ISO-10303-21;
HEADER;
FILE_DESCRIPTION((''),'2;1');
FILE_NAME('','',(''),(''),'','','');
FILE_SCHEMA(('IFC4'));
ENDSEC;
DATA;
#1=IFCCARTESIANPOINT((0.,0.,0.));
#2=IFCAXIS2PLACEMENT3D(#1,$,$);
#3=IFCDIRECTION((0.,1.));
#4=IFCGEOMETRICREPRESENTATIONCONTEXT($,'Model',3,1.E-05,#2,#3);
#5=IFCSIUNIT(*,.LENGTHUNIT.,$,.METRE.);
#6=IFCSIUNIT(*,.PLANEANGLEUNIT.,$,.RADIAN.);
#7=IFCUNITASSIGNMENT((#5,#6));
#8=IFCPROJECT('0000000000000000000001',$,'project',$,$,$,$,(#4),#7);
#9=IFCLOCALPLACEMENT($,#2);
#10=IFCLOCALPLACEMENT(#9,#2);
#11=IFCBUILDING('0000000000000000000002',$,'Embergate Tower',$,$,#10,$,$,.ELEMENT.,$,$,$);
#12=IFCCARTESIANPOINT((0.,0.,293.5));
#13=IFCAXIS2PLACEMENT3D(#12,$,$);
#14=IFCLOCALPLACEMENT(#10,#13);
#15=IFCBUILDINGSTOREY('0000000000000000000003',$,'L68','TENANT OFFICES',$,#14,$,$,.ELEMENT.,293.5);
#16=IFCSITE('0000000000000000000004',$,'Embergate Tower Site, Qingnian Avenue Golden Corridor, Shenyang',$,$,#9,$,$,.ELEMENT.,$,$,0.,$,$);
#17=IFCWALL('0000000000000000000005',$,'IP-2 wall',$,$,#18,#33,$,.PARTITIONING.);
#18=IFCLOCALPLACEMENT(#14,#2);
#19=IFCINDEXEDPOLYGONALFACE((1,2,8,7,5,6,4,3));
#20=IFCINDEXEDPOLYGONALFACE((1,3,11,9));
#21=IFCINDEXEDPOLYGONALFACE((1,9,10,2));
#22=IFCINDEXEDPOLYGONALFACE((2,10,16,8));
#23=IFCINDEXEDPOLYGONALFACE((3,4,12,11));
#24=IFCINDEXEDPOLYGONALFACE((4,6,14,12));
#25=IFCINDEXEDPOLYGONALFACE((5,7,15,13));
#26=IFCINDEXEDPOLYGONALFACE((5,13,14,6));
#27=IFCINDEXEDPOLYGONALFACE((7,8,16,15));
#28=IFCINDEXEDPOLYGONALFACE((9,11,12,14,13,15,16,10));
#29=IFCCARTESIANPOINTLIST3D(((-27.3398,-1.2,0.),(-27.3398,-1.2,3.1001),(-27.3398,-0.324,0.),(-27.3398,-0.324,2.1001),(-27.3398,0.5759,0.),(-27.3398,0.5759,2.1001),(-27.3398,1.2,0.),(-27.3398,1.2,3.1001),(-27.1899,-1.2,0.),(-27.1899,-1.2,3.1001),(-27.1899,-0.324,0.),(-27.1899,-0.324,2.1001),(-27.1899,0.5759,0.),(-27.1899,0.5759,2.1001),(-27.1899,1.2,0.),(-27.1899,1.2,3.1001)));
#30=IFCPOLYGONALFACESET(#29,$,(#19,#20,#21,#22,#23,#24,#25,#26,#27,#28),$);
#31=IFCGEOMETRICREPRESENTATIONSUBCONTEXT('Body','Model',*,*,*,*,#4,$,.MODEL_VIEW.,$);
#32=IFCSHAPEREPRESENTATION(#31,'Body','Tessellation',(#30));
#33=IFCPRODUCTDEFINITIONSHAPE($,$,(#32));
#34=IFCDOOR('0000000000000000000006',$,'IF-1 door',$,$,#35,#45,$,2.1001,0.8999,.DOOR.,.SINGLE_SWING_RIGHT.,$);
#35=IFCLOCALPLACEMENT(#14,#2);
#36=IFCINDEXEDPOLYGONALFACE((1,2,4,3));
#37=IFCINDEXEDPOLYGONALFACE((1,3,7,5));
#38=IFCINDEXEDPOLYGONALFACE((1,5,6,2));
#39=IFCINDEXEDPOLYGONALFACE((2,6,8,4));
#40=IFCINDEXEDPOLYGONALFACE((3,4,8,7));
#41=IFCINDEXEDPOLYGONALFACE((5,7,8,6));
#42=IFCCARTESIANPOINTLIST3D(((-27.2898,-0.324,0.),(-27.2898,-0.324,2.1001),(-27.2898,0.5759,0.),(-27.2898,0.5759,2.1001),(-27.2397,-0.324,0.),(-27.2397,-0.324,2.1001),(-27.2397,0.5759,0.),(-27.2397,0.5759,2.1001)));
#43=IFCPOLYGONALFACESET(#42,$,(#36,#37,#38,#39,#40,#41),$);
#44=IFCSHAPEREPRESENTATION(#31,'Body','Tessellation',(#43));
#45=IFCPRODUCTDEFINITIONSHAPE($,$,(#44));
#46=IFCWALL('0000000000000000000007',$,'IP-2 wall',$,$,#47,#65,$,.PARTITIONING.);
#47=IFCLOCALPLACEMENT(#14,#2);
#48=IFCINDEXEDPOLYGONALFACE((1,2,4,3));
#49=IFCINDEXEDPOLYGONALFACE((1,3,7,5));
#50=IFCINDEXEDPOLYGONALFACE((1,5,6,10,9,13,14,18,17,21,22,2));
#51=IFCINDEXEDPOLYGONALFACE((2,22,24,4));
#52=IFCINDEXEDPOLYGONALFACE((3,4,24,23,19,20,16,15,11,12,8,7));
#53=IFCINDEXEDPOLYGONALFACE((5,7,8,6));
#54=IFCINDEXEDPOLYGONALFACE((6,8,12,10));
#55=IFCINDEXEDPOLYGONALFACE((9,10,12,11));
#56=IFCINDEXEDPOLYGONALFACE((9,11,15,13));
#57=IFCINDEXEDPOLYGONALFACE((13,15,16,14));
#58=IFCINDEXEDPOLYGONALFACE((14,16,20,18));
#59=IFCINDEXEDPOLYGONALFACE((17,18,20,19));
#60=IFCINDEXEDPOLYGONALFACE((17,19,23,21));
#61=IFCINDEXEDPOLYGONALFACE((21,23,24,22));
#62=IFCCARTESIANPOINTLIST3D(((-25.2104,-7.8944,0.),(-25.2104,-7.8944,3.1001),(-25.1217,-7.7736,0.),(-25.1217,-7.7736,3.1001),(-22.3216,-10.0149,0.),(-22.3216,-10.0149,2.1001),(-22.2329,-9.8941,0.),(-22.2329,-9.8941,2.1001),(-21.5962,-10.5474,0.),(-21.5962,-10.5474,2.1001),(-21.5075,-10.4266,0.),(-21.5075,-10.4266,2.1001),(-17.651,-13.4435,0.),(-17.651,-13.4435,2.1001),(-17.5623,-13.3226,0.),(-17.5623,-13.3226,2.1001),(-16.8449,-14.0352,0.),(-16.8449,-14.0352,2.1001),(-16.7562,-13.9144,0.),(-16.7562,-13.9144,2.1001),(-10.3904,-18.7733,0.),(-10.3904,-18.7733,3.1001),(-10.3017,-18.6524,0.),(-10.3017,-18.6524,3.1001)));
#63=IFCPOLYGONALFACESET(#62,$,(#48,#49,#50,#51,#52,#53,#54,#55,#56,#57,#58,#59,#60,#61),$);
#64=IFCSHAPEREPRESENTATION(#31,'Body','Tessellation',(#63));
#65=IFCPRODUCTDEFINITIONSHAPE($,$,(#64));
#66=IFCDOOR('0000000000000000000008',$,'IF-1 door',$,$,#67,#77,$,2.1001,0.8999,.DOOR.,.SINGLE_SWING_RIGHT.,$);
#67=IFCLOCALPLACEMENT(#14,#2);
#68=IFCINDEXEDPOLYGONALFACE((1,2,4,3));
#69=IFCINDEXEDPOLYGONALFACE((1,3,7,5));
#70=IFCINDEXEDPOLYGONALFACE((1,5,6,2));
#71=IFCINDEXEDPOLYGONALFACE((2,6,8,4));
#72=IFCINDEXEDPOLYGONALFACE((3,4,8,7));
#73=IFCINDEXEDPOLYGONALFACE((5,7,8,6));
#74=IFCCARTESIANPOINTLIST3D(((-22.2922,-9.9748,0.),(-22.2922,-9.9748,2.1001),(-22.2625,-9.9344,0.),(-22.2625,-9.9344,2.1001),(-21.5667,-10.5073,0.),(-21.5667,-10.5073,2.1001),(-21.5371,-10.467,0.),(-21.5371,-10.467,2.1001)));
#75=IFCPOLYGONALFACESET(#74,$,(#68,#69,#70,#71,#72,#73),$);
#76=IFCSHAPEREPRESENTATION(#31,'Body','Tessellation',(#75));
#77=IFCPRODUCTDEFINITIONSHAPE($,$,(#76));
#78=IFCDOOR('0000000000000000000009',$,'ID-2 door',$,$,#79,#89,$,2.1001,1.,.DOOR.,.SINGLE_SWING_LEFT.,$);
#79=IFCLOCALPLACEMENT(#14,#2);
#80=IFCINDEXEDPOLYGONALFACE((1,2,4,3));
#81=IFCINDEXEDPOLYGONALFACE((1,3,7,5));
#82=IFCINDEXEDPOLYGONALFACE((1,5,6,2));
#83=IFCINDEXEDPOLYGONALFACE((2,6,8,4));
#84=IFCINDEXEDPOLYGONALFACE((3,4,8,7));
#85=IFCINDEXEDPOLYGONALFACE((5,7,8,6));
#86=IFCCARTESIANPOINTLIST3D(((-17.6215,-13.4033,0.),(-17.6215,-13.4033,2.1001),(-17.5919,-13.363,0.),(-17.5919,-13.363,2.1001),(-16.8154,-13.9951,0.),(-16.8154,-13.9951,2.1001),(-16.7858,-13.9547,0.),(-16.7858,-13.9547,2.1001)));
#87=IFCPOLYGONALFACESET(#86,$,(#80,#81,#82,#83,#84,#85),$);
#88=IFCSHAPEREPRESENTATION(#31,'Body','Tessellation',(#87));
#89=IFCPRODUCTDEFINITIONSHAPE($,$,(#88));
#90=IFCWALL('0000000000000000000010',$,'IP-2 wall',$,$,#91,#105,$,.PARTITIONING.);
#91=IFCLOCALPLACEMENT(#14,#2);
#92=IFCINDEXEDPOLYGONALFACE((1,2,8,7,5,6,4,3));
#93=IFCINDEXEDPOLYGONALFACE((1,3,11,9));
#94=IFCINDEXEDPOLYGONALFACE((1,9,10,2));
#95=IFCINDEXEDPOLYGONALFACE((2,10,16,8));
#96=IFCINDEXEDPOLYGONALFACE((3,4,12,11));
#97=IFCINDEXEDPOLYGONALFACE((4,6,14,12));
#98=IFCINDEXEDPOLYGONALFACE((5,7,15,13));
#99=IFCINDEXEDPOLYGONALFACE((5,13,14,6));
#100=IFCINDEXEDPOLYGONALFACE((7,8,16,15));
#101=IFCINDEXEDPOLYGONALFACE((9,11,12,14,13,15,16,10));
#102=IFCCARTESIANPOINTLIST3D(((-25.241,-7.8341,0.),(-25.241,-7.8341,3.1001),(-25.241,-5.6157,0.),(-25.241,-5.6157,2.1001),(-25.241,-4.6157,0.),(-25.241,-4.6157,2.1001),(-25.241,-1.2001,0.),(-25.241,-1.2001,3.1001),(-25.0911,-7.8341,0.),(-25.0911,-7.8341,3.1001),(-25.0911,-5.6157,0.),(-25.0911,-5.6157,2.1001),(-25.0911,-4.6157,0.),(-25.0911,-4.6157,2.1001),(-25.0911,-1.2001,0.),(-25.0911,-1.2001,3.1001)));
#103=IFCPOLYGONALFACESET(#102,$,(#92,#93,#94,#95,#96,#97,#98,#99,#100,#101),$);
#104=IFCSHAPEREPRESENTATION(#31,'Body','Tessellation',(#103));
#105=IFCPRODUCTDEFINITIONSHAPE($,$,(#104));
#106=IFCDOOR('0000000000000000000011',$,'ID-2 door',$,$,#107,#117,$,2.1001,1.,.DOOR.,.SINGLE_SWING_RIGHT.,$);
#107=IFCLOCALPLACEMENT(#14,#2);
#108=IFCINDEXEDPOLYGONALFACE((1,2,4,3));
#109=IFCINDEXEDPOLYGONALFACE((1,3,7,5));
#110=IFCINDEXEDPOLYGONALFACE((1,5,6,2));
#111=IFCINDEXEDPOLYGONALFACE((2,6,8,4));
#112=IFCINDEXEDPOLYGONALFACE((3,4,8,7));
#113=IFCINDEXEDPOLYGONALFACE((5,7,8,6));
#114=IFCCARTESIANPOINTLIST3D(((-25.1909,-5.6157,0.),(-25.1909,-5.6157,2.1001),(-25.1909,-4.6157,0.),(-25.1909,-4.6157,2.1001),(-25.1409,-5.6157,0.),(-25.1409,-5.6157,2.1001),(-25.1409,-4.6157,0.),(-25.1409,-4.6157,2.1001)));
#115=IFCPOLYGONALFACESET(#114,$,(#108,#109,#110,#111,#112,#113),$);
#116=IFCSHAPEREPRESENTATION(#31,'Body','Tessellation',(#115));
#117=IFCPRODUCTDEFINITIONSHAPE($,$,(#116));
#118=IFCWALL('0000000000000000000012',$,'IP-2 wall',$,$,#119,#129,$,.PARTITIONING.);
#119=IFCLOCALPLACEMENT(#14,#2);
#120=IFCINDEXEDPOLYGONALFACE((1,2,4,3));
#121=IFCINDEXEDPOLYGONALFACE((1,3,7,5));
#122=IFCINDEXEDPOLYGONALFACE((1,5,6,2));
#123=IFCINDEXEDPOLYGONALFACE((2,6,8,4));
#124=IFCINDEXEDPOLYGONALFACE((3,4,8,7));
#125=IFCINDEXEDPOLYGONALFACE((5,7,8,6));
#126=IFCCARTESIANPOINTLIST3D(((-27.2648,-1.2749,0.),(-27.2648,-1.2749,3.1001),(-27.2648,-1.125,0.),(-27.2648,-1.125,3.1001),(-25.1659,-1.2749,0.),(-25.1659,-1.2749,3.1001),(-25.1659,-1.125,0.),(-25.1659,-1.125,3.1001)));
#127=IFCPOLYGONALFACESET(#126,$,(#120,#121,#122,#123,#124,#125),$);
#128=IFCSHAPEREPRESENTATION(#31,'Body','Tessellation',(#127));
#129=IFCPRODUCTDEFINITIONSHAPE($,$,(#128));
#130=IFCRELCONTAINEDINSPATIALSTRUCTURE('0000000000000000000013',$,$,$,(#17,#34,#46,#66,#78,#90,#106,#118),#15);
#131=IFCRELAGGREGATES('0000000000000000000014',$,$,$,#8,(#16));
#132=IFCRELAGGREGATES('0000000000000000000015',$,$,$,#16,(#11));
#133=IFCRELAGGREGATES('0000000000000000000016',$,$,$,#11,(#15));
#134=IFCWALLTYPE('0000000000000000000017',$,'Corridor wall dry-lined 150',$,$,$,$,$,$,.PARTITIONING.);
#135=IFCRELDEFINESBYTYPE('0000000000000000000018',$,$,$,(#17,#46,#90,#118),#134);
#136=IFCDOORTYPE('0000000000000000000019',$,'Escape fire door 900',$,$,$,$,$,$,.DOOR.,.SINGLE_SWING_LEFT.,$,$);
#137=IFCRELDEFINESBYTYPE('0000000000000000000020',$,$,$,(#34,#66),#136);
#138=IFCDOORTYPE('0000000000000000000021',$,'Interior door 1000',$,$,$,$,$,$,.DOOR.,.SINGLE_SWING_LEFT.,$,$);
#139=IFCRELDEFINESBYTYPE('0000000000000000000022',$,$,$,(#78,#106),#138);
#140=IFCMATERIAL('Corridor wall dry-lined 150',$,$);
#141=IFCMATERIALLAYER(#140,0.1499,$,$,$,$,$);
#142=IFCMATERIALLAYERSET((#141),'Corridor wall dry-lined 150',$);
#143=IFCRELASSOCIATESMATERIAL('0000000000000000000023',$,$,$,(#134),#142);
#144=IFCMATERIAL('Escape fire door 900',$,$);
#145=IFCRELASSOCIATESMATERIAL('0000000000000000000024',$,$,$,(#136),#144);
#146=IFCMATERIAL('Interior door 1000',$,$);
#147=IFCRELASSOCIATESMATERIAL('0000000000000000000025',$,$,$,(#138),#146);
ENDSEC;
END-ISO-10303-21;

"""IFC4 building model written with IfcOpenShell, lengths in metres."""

from ifc_helpers import new_model, si_unit, direction, frame, frame_2d, origin, place, context, subcontext, project, spatial, rectangle, extrude, source, transform, mapped, material, layer, layer_set, type_object, element, fill, save


model = new_model("IFC4")

# Units and contexts
model_context = context("Model", 3, precision=1e-05, world=origin(), true_north=direction((0.0, 1.0)))
body_context = subcontext(model_context, "Body", "Model", "MODEL_VIEW")
ifc_project = project(units=[si_unit("LENGTHUNIT", "METRE"), si_unit("PLANEANGLEUNIT", "RADIAN")], contexts=[model_context])

# Site, building, storey
site_placement = place(None, origin())
site = spatial("IfcSite", under=ifc_project, at=site_placement, Name="Embergate Tower Site, Qingnian Avenue Golden Corridor, Shenyang", CompositionType="ELEMENT", RefElevation=0.0)
building_placement = place(site_placement, origin())
building = spatial("IfcBuilding", under=site, at=building_placement, Name="Embergate Tower", CompositionType="ELEMENT")
storey_placement = place(building_placement, frame((0.0, 0.0, 293.5)))
storey = spatial("IfcBuildingStorey", under=building, at=storey_placement, Name="L68", Description="TENANT OFFICES", CompositionType="ELEMENT", Elevation=293.5)

# Wall, opening, door
ifc_material_1 = material(Name="Corridor wall dry-lined 150")
ifc_layer_1 = layer(ifc_material_1, 0.1499)
ifc_layer_set_1 = layer_set([ifc_layer_1], Name="Corridor wall dry-lined 150")
wall_type_1 = type_object("IfcWallType", Name="Corridor wall dry-lined 150", PredefinedType="PARTITIONING", material=ifc_layer_set_1)
shared_shape_1 = source(origin(), body_context, "Body", "SweptSolid", [
    extrude(rectangle(XDim=2.3999, YDim=0.1499, at=frame_2d((1.2, 0.0))), origin(), (0.0, 0.0, 1.0), 3.1001),
])
wall_1_placement = place(storey_placement, frame((-27.2649, -1.2, 0.0), z_axis=(0.0, 0.0, 1.0), x_axis=(0.0, 1.0, 0.0)))
wall_1 = element("IfcWall", 1, at=wall_1_placement, inside=storey, type_object=wall_type_1, Name="IP-2 wall", PredefinedType="PARTITIONING", context=body_context, shape_type="MappedRepresentation", body=[
    mapped(shared_shape_1, transform((0.0, 0.0, 0.0))),
])
shared_shape_2 = source(origin(), body_context, "Body", "SweptSolid", [
    extrude(rectangle(XDim=0.8999, YDim=2.1001, at=frame_2d((0.45, 1.05))), frame((0.0, 0.085, 0.0), z_axis=(0.0, -1.0, 0.0), x_axis=(1.0, 0.0, 0.0)), (0.0, 0.0, 1.0), 0.1699),
])
opening_1_placement = place(wall_1_placement, frame((0.876, 0.0, 0.0)))
opening_1 = element("IfcOpeningElement", 2, at=opening_1_placement, cuts=wall_1, PredefinedType="OPENING", context=body_context, shape_type="MappedRepresentation", body=[
    mapped(shared_shape_2, transform((0.0, 0.0, 0.0))),
])
ifc_material_2 = material(Name="Escape fire door 900")
door_type_1 = type_object("IfcDoorType", Name="Escape fire door 900", OperationType="SINGLE_SWING_LEFT", PredefinedType="DOOR", material=ifc_material_2)
shared_shape_3 = source(origin(), body_context, "Body", "SweptSolid", [
    extrude(rectangle(XDim=0.8999, YDim=2.1001, at=frame_2d((0.45, 1.05))), frame((0.0, 0.0249, 0.0), z_axis=(0.0, -1.0, 0.0), x_axis=(1.0, 0.0, 0.0)), (0.0, 0.0, 1.0), 0.05),
])
door_1_placement = place(opening_1_placement, origin())
door_1 = element("IfcDoor", 3, at=door_1_placement, inside=storey, type_object=door_type_1, Name="IF-1 door", OperationType="SINGLE_SWING_RIGHT", OverallHeight=2.1001, OverallWidth=0.8999, PredefinedType="DOOR", context=body_context, shape_type="MappedRepresentation", body=[
    mapped(shared_shape_3, transform((0.0, 0.0, 0.0))),
])
fill(opening_1, door_1)

# Wall, openings, doors
shared_shape_4 = source(origin(), body_context, "Body", "SweptSolid", [
    extrude(rectangle(XDim=18.3843, YDim=0.1499, at=frame_2d((9.1921, 0.0))), origin(), (0.0, 0.0, 1.0), 3.1001),
])
wall_2_placement = place(storey_placement, frame((-25.166, -7.834, 0.0), z_axis=(0.0, 0.0, 1.0), x_axis=(0.806123, -0.591748, 0.0)))
wall_2 = element("IfcWall", 4, at=wall_2_placement, inside=storey, type_object=wall_type_1, Name="IP-2 wall", PredefinedType="PARTITIONING", context=body_context, shape_type="MappedRepresentation", body=[
    mapped(shared_shape_4, transform((0.0, 0.0, 0.0))),
])
opening_2_placement = place(wall_2_placement, frame((3.5835, 0.0, 0.0)))
opening_2 = element("IfcOpeningElement", 5, at=opening_2_placement, cuts=wall_2, PredefinedType="OPENING", context=body_context, shape_type="MappedRepresentation", body=[
    mapped(shared_shape_2, transform((0.0, 0.0, 0.0))),
])
shared_shape_5 = source(origin(), body_context, "Body", "SweptSolid", [
    extrude(rectangle(XDim=1.0, YDim=2.1001, at=frame_2d((0.5, 1.05))), frame((0.0, 0.085, 0.0), z_axis=(0.0, -1.0, 0.0), x_axis=(1.0, 0.0, 0.0)), (0.0, 0.0, 1.0), 0.1699),
])
opening_3_placement = place(wall_2_placement, frame((9.3774, 0.0, 0.0)))
opening_3 = element("IfcOpeningElement", 6, at=opening_3_placement, cuts=wall_2, PredefinedType="OPENING", context=body_context, shape_type="MappedRepresentation", body=[
    mapped(shared_shape_5, transform((0.0, 0.0, 0.0))),
])
door_2_placement = place(opening_2_placement, origin())
door_2 = element("IfcDoor", 7, at=door_2_placement, inside=storey, type_object=door_type_1, Name="IF-1 door", OperationType="SINGLE_SWING_RIGHT", OverallHeight=2.1001, OverallWidth=0.8999, PredefinedType="DOOR", context=body_context, shape_type="MappedRepresentation", body=[
    mapped(shared_shape_3, transform((0.0, 0.0, 0.0))),
])
fill(opening_2, door_2)
ifc_material_3 = material(Name="Interior door 1000")
door_type_2 = type_object("IfcDoorType", Name="Interior door 1000", OperationType="SINGLE_SWING_LEFT", PredefinedType="DOOR", material=ifc_material_3)
shared_shape_6 = source(origin(), body_context, "Body", "SweptSolid", [
    extrude(rectangle(XDim=1.0, YDim=2.1001, at=frame_2d((0.5, 1.05))), frame((0.0, 0.0249, 0.0), z_axis=(0.0, -1.0, 0.0), x_axis=(1.0, 0.0, 0.0)), (0.0, 0.0, 1.0), 0.05),
])
door_3_placement = place(opening_3_placement, origin())
door_3 = element("IfcDoor", 8, at=door_3_placement, inside=storey, type_object=door_type_2, Name="ID-2 door", OperationType="SINGLE_SWING_LEFT", OverallHeight=2.1001, OverallWidth=1.0, PredefinedType="DOOR", context=body_context, shape_type="MappedRepresentation", body=[
    mapped(shared_shape_6, transform((0.0, 0.0, 0.0))),
])
fill(opening_3, door_3)

# Wall, opening, door
shared_shape_7 = source(origin(), body_context, "Body", "SweptSolid", [
    extrude(rectangle(XDim=6.634, YDim=0.1499, at=frame_2d((3.3169, 0.0))), origin(), (0.0, 0.0, 1.0), 3.1001),
])
wall_3_placement = place(storey_placement, frame((-25.166, -7.834, 0.0), z_axis=(0.0, 0.0, 1.0), x_axis=(0.0, 1.0, 0.0)))
wall_3 = element("IfcWall", 9, at=wall_3_placement, inside=storey, type_object=wall_type_1, Name="IP-2 wall", PredefinedType="PARTITIONING", context=body_context, shape_type="MappedRepresentation", body=[
    mapped(shared_shape_7, transform((0.0, 0.0, 0.0))),
])
opening_4_placement = place(wall_3_placement, frame((2.2183, 0.0, 0.0)))
opening_4 = element("IfcOpeningElement", 10, at=opening_4_placement, cuts=wall_3, PredefinedType="OPENING", context=body_context, shape_type="MappedRepresentation", body=[
    mapped(shared_shape_5, transform((0.0, 0.0, 0.0))),
])
door_4_placement = place(opening_4_placement, origin())
door_4 = element("IfcDoor", 11, at=door_4_placement, inside=storey, type_object=door_type_2, Name="ID-2 door", OperationType="SINGLE_SWING_RIGHT", OverallHeight=2.1001, OverallWidth=1.0, PredefinedType="DOOR", context=body_context, shape_type="MappedRepresentation", body=[
    mapped(shared_shape_6, transform((0.0, 0.0, 0.0))),
])
fill(opening_4, door_4)

# Wall
shared_shape_8 = source(origin(), body_context, "Body", "SweptSolid", [
    extrude(rectangle(XDim=2.0989, YDim=0.1499, at=frame_2d((1.0493, 0.0))), origin(), (0.0, 0.0, 1.0), 3.1001),
])
wall_4_placement = place(storey_placement, frame((-25.166, -1.2, 0.0), z_axis=(0.0, 0.0, 1.0), x_axis=(-1.0, 0.0, 0.0)))
element("IfcWall", 12, at=wall_4_placement, inside=storey, type_object=wall_type_1, Name="IP-2 wall", PredefinedType="PARTITIONING", context=body_context, shape_type="MappedRepresentation", body=[
    mapped(shared_shape_8, transform((0.0, 0.0, 0.0))),
])

save(model, "model.ifc")
